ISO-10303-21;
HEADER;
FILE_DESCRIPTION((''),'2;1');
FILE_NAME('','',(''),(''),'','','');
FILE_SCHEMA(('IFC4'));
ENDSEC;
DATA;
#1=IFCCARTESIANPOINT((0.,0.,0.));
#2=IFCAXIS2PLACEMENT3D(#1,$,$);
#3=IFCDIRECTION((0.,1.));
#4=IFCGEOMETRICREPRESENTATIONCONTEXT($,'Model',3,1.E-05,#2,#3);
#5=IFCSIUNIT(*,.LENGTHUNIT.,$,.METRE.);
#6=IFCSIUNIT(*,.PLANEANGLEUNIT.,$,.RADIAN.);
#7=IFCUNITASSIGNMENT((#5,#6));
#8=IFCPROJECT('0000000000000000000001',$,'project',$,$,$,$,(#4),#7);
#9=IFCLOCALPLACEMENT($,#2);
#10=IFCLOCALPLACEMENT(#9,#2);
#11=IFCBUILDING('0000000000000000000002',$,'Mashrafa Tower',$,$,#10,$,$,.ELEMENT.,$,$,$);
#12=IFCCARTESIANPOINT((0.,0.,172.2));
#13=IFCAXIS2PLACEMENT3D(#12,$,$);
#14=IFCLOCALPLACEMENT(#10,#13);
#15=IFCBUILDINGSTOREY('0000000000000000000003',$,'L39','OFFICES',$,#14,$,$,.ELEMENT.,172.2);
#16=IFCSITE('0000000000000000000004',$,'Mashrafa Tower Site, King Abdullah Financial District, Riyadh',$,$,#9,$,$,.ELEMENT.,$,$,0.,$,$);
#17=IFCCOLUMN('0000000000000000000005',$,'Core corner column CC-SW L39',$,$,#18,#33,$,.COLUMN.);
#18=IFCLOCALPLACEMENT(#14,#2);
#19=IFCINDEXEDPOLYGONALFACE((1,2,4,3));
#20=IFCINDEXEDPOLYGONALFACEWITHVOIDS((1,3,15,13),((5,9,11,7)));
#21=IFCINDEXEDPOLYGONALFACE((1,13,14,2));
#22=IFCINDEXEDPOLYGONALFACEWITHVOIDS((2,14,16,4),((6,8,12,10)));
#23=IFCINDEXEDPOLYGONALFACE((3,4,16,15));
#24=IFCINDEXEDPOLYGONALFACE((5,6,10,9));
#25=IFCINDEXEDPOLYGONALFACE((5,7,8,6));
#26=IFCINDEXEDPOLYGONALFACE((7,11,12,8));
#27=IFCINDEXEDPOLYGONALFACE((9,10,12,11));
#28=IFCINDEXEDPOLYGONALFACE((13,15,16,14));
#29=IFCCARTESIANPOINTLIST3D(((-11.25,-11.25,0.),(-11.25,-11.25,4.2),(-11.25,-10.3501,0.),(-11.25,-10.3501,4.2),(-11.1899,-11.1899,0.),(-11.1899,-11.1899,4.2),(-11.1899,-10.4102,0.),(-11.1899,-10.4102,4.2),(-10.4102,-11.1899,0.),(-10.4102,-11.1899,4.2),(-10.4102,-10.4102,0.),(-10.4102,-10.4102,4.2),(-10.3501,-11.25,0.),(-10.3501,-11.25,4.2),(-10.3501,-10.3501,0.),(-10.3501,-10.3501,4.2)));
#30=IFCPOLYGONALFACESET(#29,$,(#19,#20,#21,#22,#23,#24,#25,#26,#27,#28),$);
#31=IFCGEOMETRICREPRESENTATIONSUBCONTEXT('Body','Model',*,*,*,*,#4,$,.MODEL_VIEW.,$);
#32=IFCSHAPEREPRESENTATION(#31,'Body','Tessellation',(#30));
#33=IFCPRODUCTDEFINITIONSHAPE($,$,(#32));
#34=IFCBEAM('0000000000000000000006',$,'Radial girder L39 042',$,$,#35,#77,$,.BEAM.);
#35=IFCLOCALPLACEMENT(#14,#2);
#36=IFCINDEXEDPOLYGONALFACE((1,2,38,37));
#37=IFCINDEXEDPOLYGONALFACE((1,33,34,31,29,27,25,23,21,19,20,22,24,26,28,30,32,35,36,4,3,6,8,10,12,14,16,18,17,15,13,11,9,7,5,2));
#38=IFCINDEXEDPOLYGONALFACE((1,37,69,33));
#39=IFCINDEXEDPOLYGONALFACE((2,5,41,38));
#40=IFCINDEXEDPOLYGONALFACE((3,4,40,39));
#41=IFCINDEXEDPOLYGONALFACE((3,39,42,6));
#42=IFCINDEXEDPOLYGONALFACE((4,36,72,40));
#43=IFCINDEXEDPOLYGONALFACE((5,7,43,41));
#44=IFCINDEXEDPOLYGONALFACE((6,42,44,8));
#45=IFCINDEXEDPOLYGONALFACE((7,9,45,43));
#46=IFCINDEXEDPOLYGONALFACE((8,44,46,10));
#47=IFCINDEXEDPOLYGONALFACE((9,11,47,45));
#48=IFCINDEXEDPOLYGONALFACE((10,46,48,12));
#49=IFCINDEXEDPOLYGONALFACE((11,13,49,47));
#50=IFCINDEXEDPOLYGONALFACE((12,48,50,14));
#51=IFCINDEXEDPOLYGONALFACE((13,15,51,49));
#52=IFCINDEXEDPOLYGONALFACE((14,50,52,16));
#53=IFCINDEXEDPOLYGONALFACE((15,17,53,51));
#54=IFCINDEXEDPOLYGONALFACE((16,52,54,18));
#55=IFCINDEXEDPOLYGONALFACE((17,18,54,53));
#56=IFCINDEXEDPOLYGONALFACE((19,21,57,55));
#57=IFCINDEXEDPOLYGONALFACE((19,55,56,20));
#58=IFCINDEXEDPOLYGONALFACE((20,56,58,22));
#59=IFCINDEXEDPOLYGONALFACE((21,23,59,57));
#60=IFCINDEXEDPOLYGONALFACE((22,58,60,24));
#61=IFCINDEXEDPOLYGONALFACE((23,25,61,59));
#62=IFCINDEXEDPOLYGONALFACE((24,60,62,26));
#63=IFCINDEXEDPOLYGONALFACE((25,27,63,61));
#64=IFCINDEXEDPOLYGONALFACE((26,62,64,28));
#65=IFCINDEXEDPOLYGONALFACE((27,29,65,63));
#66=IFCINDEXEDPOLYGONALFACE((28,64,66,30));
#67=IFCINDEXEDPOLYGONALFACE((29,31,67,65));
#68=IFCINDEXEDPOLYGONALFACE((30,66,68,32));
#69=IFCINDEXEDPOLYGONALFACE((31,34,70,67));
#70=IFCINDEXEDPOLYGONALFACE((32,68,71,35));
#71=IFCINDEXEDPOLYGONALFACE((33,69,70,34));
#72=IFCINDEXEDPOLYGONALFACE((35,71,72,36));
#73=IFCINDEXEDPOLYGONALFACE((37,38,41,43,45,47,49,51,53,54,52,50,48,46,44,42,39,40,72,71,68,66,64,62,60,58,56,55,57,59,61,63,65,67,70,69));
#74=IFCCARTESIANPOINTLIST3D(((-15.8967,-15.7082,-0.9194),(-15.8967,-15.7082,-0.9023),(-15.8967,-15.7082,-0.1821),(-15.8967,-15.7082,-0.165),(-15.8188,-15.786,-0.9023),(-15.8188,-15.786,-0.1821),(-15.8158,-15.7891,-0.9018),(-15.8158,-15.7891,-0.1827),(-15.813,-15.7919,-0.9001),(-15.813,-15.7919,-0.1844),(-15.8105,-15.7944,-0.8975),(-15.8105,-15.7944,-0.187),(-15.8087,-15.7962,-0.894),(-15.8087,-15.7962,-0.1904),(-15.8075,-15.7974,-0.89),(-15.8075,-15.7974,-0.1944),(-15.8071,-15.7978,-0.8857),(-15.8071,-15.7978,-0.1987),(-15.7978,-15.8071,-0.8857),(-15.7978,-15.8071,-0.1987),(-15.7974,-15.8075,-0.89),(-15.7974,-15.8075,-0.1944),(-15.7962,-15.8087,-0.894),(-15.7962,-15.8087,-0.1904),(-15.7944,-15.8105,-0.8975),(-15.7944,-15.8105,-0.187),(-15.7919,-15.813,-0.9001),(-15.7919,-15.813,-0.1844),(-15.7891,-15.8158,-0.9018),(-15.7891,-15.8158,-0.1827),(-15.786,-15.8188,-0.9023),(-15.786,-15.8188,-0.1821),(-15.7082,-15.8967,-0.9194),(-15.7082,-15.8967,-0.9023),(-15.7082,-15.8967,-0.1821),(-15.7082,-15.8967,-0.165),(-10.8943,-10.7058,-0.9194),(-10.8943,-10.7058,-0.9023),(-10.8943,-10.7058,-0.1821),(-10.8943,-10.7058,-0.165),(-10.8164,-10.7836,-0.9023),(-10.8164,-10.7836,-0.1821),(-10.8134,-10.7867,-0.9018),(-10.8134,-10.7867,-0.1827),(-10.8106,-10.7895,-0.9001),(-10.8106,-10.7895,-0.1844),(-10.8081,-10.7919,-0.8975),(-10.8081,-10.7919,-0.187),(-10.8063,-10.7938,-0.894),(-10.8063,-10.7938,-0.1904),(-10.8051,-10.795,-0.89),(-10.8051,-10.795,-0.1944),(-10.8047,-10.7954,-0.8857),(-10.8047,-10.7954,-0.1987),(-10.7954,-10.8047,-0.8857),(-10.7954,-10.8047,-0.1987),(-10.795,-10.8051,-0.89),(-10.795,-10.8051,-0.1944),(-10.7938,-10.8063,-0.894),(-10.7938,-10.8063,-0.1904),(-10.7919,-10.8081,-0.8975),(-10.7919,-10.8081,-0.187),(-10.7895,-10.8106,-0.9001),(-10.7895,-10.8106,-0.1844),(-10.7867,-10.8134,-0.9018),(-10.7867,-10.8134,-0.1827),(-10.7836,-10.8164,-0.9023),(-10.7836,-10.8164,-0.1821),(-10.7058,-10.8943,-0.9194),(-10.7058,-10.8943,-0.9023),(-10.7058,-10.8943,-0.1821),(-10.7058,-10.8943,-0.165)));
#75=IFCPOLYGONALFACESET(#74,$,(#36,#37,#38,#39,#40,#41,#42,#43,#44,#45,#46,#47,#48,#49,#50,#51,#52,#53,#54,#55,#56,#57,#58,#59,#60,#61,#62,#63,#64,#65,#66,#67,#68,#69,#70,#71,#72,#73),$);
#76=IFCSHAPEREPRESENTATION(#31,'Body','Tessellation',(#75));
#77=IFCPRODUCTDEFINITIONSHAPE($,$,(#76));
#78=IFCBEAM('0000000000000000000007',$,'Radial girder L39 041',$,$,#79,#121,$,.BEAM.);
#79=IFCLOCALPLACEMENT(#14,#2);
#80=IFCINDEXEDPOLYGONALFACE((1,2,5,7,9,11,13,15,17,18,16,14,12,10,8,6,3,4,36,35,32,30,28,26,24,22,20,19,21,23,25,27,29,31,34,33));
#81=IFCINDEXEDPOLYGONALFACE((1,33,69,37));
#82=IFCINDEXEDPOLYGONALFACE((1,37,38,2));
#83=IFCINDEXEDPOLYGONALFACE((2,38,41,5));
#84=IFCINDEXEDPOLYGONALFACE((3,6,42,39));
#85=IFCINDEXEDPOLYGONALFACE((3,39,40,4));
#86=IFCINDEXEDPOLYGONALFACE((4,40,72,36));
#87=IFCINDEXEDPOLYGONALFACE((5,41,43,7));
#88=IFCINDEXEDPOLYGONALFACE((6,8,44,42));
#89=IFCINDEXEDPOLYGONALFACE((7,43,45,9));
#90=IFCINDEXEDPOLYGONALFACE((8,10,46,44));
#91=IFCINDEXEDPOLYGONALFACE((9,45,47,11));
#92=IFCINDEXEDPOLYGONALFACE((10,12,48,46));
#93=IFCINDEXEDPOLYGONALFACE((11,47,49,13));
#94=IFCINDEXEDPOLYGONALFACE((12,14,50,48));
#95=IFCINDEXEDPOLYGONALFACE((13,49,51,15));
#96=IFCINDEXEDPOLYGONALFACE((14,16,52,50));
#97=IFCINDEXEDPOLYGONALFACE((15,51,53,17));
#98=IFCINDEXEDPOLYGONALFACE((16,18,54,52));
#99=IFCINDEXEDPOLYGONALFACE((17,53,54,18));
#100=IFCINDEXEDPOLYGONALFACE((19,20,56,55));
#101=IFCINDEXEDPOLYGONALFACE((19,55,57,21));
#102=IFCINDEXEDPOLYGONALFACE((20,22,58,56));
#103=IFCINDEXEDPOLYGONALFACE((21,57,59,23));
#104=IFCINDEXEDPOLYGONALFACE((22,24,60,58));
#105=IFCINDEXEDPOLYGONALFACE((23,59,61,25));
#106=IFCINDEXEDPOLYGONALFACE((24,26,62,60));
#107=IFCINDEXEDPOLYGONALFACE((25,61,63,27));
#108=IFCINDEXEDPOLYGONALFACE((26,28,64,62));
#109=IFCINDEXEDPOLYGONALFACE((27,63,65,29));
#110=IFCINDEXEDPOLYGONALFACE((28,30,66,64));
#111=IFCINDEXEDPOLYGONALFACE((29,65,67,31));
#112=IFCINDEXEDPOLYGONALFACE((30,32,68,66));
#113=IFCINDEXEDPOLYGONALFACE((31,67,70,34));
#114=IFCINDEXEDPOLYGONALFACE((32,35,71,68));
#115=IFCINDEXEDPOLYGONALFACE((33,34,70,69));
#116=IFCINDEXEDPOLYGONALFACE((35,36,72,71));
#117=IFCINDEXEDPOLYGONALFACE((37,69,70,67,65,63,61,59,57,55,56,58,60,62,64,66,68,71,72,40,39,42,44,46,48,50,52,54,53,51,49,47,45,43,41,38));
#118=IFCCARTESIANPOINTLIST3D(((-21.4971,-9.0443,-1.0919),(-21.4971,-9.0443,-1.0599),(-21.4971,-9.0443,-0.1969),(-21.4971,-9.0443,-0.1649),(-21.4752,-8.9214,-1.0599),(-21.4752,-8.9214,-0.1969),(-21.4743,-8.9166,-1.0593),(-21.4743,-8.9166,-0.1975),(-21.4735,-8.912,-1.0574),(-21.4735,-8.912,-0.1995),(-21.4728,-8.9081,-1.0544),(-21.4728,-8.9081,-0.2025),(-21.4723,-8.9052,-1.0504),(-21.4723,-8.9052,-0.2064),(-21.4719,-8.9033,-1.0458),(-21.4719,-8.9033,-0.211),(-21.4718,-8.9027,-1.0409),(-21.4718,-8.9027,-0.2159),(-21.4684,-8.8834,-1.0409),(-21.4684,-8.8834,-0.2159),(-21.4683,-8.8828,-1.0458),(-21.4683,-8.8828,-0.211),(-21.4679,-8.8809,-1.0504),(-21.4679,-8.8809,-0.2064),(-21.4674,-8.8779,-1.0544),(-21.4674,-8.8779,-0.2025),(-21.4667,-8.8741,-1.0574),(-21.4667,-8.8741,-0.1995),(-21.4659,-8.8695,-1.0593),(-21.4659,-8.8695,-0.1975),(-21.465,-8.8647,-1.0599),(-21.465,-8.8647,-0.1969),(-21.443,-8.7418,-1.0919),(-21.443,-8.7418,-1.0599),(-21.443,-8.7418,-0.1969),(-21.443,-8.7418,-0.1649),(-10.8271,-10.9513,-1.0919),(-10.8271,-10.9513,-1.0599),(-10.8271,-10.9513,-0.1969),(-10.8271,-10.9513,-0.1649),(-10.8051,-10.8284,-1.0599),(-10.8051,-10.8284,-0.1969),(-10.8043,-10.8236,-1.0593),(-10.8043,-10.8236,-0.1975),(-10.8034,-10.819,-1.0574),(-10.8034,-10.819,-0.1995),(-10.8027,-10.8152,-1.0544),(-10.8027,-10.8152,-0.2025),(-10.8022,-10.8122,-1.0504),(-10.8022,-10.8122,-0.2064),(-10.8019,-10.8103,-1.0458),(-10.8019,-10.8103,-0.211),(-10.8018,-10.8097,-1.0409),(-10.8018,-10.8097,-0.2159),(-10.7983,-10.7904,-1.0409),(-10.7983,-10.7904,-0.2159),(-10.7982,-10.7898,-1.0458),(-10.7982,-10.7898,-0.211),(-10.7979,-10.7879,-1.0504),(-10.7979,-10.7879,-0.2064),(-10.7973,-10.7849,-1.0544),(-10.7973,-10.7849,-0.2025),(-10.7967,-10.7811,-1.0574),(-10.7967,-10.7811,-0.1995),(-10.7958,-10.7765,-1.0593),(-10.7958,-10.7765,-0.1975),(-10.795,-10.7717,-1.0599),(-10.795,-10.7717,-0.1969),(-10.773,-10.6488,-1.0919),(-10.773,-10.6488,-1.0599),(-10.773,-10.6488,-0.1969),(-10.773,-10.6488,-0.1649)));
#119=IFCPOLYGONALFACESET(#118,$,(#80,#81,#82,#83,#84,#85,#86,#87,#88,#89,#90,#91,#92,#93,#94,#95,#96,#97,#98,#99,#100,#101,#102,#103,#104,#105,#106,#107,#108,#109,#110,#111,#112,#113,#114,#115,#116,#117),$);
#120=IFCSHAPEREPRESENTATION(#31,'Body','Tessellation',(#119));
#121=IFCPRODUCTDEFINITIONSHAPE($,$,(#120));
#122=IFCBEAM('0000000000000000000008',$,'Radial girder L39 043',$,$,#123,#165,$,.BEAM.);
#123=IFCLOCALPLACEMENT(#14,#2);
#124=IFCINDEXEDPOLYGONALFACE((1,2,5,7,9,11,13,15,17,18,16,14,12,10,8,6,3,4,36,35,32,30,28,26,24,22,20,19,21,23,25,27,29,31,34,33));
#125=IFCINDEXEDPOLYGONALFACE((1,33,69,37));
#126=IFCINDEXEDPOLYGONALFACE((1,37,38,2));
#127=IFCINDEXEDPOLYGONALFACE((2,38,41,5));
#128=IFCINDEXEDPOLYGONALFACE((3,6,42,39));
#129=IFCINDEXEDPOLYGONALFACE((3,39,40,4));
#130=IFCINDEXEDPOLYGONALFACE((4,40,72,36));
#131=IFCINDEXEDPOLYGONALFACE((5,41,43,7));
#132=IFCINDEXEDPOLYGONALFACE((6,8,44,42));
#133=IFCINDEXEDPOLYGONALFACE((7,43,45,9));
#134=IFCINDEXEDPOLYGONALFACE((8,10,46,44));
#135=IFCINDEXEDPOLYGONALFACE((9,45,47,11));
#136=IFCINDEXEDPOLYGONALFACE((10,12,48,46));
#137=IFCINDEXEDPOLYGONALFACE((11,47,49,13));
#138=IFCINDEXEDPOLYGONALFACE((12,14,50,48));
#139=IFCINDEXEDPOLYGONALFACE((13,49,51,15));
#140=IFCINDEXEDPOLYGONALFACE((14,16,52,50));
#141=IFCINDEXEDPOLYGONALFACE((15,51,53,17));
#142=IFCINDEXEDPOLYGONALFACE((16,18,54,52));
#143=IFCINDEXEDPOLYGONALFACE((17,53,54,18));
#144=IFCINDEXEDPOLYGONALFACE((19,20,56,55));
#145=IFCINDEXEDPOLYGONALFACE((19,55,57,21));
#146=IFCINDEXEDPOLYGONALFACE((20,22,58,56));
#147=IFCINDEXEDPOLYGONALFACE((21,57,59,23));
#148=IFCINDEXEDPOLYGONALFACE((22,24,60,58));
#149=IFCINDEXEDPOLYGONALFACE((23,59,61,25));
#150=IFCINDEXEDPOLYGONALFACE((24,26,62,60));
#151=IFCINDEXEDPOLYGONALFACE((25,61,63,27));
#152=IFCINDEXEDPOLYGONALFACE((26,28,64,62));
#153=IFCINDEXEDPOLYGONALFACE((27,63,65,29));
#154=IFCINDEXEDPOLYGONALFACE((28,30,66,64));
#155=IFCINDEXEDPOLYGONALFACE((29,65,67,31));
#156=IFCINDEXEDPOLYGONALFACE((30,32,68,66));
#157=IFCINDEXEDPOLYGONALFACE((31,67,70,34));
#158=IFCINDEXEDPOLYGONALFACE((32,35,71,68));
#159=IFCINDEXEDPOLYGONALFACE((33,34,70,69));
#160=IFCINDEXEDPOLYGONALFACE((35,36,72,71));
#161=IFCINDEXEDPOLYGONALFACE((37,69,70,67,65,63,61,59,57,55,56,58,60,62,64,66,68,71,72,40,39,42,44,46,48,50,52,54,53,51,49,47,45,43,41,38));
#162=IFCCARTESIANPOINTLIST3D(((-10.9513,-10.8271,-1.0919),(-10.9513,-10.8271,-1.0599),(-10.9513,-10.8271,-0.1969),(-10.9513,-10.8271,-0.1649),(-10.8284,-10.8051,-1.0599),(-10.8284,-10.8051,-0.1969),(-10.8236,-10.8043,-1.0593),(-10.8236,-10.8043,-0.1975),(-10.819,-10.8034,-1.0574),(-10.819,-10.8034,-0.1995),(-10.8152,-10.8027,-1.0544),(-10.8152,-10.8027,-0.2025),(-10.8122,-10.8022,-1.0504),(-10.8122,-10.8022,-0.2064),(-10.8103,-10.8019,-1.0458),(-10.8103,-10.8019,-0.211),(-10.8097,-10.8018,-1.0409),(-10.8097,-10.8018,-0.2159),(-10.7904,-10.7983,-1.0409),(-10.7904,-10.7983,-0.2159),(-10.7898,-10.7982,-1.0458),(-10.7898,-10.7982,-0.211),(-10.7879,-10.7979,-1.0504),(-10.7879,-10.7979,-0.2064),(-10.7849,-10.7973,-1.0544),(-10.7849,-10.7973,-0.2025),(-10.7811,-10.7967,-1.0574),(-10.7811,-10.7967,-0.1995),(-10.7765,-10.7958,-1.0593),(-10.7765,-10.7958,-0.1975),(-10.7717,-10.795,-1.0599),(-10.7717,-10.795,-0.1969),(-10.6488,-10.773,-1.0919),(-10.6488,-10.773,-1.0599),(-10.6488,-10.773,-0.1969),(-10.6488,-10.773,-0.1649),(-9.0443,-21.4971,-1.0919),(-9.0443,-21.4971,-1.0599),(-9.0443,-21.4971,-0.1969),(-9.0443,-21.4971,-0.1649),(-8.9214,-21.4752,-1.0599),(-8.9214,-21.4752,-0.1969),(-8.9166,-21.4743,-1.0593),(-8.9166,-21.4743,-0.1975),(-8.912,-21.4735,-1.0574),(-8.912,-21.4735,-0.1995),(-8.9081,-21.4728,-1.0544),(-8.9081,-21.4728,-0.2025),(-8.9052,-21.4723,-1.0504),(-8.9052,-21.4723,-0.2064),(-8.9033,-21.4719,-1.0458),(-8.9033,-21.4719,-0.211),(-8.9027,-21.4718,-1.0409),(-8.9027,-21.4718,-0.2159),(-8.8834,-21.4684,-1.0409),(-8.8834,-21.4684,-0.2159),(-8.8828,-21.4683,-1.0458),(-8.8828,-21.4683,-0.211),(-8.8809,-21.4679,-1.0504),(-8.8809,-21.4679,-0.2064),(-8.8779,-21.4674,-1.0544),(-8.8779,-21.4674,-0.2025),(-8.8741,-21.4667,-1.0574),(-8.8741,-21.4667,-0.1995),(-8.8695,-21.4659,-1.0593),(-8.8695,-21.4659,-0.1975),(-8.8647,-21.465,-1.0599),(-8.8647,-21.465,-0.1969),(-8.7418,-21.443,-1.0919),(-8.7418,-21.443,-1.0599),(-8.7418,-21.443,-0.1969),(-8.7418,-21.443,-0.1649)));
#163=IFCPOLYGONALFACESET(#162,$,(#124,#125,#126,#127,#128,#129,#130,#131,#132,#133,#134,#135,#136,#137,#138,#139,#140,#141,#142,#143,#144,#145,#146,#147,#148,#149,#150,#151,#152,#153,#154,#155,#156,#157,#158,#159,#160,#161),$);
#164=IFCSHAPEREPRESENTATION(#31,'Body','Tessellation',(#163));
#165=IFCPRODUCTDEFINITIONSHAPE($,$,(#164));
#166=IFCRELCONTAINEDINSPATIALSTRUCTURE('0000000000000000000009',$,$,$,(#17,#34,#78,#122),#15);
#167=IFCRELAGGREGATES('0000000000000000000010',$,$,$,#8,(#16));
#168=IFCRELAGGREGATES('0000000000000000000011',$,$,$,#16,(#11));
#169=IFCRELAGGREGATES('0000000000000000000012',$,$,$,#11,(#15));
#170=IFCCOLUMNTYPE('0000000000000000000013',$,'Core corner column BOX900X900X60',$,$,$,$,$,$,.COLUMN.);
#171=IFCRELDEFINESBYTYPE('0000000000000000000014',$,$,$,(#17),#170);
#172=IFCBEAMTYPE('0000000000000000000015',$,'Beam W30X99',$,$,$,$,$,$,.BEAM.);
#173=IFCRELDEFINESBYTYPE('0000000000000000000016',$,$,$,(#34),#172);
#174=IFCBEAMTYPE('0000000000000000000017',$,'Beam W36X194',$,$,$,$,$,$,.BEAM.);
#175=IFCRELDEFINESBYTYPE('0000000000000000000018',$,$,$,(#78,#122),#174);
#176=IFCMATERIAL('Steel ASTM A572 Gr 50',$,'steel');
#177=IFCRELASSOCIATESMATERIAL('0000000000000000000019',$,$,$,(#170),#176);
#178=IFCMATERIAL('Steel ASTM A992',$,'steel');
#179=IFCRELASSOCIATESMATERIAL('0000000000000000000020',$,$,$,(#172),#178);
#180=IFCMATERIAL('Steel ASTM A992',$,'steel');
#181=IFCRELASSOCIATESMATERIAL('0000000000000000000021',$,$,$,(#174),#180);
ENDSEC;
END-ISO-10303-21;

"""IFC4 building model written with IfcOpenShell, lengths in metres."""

from ifc_helpers import new_model, si_unit, direction, frame, origin, origin_2d, place, context, subcontext, project, spatial, hollow_rectangle, i_section, extrude, material, material_profile, profile_set, type_object, element, save


model = new_model("IFC4")

# Units and contexts
model_context = context("Model", 3, precision=1e-05, world=origin(), true_north=direction((0.0, 1.0)))
body_context = subcontext(model_context, "Body", "Model", "MODEL_VIEW")
ifc_project = project(units=[si_unit("LENGTHUNIT", "METRE"), si_unit("PLANEANGLEUNIT", "RADIAN")], contexts=[model_context])

# Site, building, storey
site_placement = place(None, origin())
site = spatial("IfcSite", under=ifc_project, at=site_placement, Name="Mashrafa Tower Site, King Abdullah Financial District, Riyadh", CompositionType="ELEMENT", RefElevation=0.0)
building_placement = place(site_placement, origin())
building = spatial("IfcBuilding", under=site, at=building_placement, Name="Mashrafa Tower", CompositionType="ELEMENT")
storey_placement = place(building_placement, frame((0.0, 0.0, 172.2)))
storey = spatial("IfcBuildingStorey", under=building, at=storey_placement, Name="L39", Description="OFFICES", CompositionType="ELEMENT", Elevation=172.2)

# Column
ifc_material_1 = material(Name="Steel ASTM A572 Gr 50", Category="steel")
ifc_material_profile_1 = material_profile(ifc_material_1, hollow_rectangle(XDim=0.8999, YDim=0.8999, WallThickness=0.0601, at=origin_2d()), Name="BOX900X900X60")
ifc_profile_set_1 = profile_set([ifc_material_profile_1], Name="Steel ASTM A572 Gr 50")
column_type = type_object("IfcColumnType", Name="Core corner column BOX900X900X60", PredefinedType="COLUMN", material=ifc_profile_set_1)
column_placement = place(storey_placement, frame((-10.8, -10.8, 0.0), z_axis=(0.0, 0.0, 1.0), x_axis=(1.0, 0.0, 0.0)))
element("IfcColumn", 1, at=column_placement, inside=storey, type_object=column_type, Name="Core corner column CC-SW L39", PredefinedType="COLUMN", context=body_context, shape_type="SweptSolid", body=[
    extrude(hollow_rectangle(XDim=0.8999, YDim=0.8999, WallThickness=0.0601, at=origin_2d()), origin(), (0.0, 0.0, 1.0), 4.2),
])

# Beams
ifc_material_2 = material(Name="Steel ASTM A992", Category="steel")
ifc_material_profile_2 = material_profile(ifc_material_2, i_section(OverallWidth=0.2666, OverallDepth=0.7544, WebThickness=0.0132, FlangeThickness=0.0171, FilletRadius=0.0166, at=origin_2d()), Name="W30X99")
ifc_profile_set_2 = profile_set([ifc_material_profile_2], Name="Steel ASTM A992")
beam_type_1 = type_object("IfcBeamType", Name="Beam W30X99", PredefinedType="BEAM", material=ifc_profile_set_2)
beam_1_placement = place(storey_placement, frame((-10.8, -10.8, -0.5422), z_axis=(-0.707107, -0.707107, 0.0), x_axis=(0.707107, -0.707107, 0.0)))
element("IfcBeam", 2, at=beam_1_placement, inside=storey, type_object=beam_type_1, Name="Radial girder L39 042", PredefinedType="BEAM", context=body_context, shape_type="SweptSolid", body=[
    extrude(i_section(OverallWidth=0.2666, OverallDepth=0.7544, WebThickness=0.0132, FlangeThickness=0.0171, FilletRadius=0.0166, at=origin_2d()), origin(), (0.0, 0.0, 1.0), 7.0745),
])
ifc_material_3 = material(Name="Steel ASTM A992", Category="steel")
ifc_material_profile_3 = material_profile(ifc_material_3, i_section(OverallWidth=0.3074, OverallDepth=0.927, WebThickness=0.0195, FlangeThickness=0.032, FilletRadius=0.019, at=origin_2d()), Name="W36X194")
ifc_profile_set_3 = profile_set([ifc_material_profile_3], Name="Steel ASTM A992")
beam_type_2 = type_object("IfcBeamType", Name="Beam W36X194", PredefinedType="BEAM", material=ifc_profile_set_3)
for number, where, z_axis, x_axis, name in (
    (3, (-10.8, -10.8, -0.6284), (-0.984401, 0.175937, 0.0), (-0.175937, -0.984401, 0.0), "Radial girder L39 041"),
    (4, (-10.8, -10.8, -0.6284), (0.175937, -0.984401, 0.0), (0.984401, 0.175937, 0.0), "Radial girder L39 043"),
):
    element("IfcBeam", number, at=place(storey_placement, frame(where, z_axis=z_axis, x_axis=x_axis)), inside=storey, type_object=beam_type_2, Name=name, PredefinedType="BEAM", context=body_context, shape_type="SweptSolid", body=[
        extrude(i_section(OverallWidth=0.3074, OverallDepth=0.927, WebThickness=0.0195, FlangeThickness=0.032, FilletRadius=0.019, at=origin_2d()), origin(), (0.0, 0.0, 1.0), 10.8391),
    ])

save(model, "model.ifc")
